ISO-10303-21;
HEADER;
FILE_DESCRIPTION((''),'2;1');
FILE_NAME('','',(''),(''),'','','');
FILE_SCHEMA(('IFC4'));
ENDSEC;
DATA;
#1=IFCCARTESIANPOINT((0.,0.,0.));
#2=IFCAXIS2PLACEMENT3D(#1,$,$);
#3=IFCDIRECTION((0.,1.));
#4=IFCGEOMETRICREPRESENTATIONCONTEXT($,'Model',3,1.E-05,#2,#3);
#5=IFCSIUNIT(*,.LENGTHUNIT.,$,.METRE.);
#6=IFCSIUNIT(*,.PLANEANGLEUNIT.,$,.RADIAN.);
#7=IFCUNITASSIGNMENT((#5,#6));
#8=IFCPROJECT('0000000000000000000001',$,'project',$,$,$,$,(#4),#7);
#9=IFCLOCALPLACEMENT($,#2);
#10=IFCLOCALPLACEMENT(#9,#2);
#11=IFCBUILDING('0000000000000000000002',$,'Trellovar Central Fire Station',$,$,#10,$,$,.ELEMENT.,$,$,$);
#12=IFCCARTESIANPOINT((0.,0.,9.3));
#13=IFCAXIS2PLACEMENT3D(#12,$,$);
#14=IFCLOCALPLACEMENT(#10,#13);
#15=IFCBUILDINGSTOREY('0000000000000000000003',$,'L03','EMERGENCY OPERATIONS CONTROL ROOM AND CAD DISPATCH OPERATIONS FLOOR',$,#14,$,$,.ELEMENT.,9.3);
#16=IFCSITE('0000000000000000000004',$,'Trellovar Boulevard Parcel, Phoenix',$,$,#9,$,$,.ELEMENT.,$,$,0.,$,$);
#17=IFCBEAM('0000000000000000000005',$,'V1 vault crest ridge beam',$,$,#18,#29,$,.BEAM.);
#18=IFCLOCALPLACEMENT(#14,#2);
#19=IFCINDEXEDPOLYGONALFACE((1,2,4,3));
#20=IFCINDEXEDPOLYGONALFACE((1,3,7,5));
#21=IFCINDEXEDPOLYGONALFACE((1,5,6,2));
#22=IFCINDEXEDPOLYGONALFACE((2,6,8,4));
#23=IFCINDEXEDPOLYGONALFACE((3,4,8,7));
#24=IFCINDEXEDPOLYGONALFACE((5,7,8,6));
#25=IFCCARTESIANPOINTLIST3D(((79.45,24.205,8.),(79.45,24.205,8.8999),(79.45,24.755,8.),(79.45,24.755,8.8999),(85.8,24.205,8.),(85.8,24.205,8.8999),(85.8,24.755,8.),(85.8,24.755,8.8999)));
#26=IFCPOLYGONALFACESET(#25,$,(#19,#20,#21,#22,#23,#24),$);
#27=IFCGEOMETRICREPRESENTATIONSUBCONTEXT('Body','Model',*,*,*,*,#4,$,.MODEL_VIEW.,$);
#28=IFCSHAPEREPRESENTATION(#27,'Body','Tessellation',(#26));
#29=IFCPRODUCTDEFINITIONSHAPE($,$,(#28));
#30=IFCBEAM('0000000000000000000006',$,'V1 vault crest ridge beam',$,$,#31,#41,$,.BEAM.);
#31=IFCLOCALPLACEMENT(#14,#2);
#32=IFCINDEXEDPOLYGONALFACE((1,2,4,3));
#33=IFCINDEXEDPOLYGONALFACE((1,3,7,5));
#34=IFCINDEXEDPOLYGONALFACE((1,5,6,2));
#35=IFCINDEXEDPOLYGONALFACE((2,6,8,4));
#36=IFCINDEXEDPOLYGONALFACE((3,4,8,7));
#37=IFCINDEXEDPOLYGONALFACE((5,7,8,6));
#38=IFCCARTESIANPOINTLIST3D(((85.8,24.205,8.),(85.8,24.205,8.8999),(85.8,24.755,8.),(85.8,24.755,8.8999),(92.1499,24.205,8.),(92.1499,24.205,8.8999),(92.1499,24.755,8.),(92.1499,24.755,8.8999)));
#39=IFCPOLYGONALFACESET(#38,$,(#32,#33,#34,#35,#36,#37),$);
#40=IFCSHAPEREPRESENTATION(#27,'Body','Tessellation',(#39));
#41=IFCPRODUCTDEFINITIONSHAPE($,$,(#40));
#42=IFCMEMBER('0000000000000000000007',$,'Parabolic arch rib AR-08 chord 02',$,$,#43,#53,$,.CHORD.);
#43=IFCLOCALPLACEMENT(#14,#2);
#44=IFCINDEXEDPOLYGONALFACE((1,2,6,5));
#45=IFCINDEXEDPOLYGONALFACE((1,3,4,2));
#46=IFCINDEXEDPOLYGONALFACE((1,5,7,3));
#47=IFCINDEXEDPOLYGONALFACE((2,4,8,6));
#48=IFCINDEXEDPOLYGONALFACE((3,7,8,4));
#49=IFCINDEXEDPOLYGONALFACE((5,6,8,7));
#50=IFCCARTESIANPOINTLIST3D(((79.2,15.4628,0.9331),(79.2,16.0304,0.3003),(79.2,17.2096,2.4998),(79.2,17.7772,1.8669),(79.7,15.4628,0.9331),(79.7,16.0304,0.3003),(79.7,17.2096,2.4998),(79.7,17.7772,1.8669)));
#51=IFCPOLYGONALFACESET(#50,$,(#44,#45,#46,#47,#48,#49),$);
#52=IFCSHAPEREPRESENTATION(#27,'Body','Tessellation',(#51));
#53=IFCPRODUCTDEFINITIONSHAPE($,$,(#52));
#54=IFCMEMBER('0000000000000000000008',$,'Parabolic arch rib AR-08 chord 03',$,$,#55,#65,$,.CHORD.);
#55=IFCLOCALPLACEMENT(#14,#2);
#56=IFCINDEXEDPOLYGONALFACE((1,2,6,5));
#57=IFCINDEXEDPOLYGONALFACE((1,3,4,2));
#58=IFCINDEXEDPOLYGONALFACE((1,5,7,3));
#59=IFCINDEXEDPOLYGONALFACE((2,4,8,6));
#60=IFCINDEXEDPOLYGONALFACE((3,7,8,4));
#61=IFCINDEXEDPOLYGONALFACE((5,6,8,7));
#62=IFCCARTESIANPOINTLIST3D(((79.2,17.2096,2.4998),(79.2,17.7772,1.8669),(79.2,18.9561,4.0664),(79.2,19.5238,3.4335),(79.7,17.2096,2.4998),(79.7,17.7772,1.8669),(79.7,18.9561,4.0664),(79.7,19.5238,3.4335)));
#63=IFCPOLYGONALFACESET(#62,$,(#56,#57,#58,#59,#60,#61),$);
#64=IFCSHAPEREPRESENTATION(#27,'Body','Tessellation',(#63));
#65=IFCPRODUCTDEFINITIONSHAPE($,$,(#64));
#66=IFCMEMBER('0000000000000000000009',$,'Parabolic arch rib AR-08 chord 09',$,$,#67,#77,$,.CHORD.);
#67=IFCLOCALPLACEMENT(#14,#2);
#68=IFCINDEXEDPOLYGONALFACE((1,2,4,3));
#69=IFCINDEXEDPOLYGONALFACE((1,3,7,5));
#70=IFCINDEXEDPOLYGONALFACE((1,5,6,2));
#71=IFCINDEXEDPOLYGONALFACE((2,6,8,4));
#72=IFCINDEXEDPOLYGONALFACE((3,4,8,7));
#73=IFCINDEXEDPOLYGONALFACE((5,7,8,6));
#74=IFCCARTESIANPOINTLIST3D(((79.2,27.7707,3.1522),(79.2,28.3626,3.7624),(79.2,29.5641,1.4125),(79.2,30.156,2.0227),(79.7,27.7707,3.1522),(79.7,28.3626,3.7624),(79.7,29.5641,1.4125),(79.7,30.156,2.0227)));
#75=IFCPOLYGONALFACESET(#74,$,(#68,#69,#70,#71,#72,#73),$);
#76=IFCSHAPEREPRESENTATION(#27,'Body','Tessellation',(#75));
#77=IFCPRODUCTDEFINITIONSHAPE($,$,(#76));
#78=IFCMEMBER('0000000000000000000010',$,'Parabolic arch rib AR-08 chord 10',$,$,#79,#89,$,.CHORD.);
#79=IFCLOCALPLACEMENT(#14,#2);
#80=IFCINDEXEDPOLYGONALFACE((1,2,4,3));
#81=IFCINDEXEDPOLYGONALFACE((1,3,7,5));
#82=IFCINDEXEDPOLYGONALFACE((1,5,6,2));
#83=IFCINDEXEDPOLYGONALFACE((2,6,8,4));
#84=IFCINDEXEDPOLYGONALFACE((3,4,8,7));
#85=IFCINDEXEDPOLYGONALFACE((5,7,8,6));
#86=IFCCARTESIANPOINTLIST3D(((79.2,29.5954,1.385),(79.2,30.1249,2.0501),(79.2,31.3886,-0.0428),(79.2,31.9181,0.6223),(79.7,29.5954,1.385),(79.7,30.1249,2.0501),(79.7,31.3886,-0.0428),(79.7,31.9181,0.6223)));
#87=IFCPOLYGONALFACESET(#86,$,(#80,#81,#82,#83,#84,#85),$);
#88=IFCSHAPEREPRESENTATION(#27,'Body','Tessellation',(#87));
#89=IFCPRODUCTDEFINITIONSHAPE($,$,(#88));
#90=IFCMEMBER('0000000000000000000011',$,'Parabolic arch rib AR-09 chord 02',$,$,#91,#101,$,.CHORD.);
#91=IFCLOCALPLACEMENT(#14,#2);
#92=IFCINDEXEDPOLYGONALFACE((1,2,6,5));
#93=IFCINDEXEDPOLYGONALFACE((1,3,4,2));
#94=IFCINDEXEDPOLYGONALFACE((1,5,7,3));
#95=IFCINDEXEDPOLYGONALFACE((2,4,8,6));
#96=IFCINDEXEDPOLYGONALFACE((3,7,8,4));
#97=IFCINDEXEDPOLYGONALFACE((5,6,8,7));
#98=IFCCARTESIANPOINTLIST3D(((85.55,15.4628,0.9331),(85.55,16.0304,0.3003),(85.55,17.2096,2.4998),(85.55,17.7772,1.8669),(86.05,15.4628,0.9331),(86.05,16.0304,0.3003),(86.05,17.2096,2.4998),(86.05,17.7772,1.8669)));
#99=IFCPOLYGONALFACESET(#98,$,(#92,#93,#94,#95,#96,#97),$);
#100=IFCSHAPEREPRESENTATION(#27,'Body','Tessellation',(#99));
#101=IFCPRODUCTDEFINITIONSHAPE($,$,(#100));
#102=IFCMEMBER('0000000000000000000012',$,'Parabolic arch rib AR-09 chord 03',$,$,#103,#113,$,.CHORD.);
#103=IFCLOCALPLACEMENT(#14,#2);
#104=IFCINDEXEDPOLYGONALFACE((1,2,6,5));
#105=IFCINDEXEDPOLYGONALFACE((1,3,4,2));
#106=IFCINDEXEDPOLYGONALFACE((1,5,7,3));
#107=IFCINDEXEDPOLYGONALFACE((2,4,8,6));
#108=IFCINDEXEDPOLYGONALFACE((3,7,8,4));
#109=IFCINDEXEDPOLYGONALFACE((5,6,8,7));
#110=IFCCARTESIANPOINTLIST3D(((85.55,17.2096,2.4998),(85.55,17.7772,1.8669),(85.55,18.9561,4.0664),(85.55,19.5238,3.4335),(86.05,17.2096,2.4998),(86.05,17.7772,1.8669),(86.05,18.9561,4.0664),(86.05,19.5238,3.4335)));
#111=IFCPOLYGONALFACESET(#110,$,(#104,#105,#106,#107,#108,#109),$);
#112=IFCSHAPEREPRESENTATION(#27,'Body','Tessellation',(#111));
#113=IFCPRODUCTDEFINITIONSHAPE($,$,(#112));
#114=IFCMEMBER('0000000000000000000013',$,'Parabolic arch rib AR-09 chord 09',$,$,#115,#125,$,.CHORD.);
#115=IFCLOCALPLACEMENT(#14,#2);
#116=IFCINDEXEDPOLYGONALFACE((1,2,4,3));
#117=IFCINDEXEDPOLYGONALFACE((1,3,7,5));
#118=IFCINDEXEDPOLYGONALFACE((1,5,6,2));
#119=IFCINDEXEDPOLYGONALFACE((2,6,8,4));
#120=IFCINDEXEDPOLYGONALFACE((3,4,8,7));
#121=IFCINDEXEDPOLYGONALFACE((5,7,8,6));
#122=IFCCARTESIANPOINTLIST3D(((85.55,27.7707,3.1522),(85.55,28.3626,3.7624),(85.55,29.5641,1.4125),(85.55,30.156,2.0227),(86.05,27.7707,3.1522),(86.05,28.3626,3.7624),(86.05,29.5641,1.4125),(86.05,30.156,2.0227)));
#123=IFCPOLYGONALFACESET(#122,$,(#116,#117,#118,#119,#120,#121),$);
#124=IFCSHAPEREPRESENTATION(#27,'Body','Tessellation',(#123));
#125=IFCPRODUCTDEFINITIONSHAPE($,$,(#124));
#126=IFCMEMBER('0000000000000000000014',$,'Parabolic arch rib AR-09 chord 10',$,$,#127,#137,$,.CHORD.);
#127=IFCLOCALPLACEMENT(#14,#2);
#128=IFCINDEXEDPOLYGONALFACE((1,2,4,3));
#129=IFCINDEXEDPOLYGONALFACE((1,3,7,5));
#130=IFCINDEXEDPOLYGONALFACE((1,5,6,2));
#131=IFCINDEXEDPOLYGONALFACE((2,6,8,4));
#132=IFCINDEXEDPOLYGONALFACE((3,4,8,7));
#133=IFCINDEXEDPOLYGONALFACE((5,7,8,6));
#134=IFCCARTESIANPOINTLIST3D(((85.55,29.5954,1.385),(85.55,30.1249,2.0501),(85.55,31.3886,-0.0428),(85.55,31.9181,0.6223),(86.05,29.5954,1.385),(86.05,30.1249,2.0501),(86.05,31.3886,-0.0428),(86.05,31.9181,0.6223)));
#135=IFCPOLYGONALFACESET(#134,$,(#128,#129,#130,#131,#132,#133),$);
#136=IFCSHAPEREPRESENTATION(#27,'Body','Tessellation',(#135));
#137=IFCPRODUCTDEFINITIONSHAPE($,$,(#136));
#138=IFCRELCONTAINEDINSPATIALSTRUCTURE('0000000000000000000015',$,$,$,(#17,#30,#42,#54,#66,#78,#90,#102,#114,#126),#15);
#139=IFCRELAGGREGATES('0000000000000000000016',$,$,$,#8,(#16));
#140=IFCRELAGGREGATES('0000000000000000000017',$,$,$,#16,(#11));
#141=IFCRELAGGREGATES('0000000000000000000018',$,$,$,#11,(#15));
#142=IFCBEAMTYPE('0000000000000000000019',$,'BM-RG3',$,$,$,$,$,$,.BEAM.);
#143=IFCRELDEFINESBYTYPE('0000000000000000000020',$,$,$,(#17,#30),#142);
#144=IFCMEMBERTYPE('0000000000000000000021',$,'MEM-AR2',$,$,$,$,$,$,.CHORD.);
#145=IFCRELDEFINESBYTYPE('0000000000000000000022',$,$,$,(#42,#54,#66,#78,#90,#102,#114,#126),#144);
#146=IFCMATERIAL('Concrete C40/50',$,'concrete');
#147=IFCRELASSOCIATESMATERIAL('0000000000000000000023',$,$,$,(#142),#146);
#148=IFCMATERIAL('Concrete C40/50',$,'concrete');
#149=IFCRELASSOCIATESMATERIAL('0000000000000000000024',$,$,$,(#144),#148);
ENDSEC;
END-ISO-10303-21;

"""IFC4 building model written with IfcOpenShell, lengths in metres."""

from ifc_helpers import new_model, si_unit, direction, frame, origin, origin_2d, place, context, subcontext, project, spatial, rectangle, extrude, material, material_profile, profile_set, type_object, element, save


model = new_model("IFC4")

# Units and contexts
model_context = context("Model", 3, precision=1e-05, world=origin(), true_north=direction((0.0, 1.0)))
body_context = subcontext(model_context, "Body", "Model", "MODEL_VIEW")
ifc_project = project(units=[si_unit("LENGTHUNIT", "METRE"), si_unit("PLANEANGLEUNIT", "RADIAN")], contexts=[model_context])

# Site, building, storey
site_placement = place(None, origin())
site = spatial("IfcSite", under=ifc_project, at=site_placement, Name="Trellovar Boulevard Parcel, Phoenix", CompositionType="ELEMENT", RefElevation=0.0)
building_placement = place(site_placement, origin())
building = spatial("IfcBuilding", under=site, at=building_placement, Name="Trellovar Central Fire Station", CompositionType="ELEMENT")
storey_placement = place(building_placement, frame((0.0, 0.0, 9.3)))
storey = spatial("IfcBuildingStorey", under=building, at=storey_placement, Name="L03", Description="EMERGENCY OPERATIONS CONTROL ROOM AND CAD DISPATCH OPERATIONS FLOOR", CompositionType="ELEMENT", Elevation=9.3)

# Beams
ifc_material_1 = material(Name="Concrete C40/50", Category="concrete")
ifc_material_profile_1 = material_profile(ifc_material_1, rectangle(XDim=0.55, YDim=0.8999, at=origin_2d()), Name="RC550X900")
ifc_profile_set_1 = profile_set([ifc_material_profile_1], Name="Concrete C40/50")
beam_type = type_object("IfcBeamType", Name="BM-RG3", PredefinedType="BEAM", material=ifc_profile_set_1)
beam_1_placement = place(storey_placement, frame((79.45, 24.48, 8.45), z_axis=(1.0, 0.0, 0.0), x_axis=(0.0, 1.0, 0.0)))
element("IfcBeam", 1, at=beam_1_placement, inside=storey, type_object=beam_type, Name="V1 vault crest ridge beam", PredefinedType="BEAM", context=body_context, shape_type="SweptSolid", body=[
    extrude(rectangle(XDim=0.55, YDim=0.8999, at=origin_2d()), origin(), (0.0, 0.0, 1.0), 6.3501),
])
beam_2_placement = place(storey_placement, frame((85.8, 24.48, 8.45), z_axis=(1.0, 0.0, 0.0), x_axis=(0.0, 1.0, 0.0)))
element("IfcBeam", 2, at=beam_2_placement, inside=storey, type_object=beam_type, Name="V1 vault crest ridge beam", PredefinedType="BEAM", context=body_context, shape_type="SweptSolid", body=[
    extrude(rectangle(XDim=0.55, YDim=0.8999, at=origin_2d()), origin(), (0.0, 0.0, 1.0), 6.3499),
])

# Members
ifc_material_2 = material(Name="Concrete C40/50", Category="concrete")
ifc_material_profile_2 = material_profile(ifc_material_2, rectangle(XDim=0.5, YDim=0.8501, at=origin_2d()), Name="RC500X850")
ifc_profile_set_2 = profile_set([ifc_material_profile_2], Name="Concrete C40/50")
member_type_1 = type_object("IfcMemberType", Name="MEM-AR2", PredefinedType="CHORD", material=ifc_profile_set_2)
member_1_placement = place(storey_placement, frame((79.45, 15.7466, 0.6167), z_axis=(0.0, 0.744457, 0.66767), x_axis=(-1.0, 0.0, 0.0)))
element("IfcMember", 3, at=member_1_placement, inside=storey, type_object=member_type_1, Name="Parabolic arch rib AR-08 chord 02", PredefinedType="CHORD", context=body_context, shape_type="SweptSolid", body=[
    extrude(rectangle(XDim=0.5, YDim=0.8501, at=origin_2d()), origin(), (0.0, 0.0, 1.0), 2.3464),
])
member_2_placement = place(storey_placement, frame((79.45, 17.4934, 2.1833), z_axis=(0.0, 0.744411, 0.667722), x_axis=(-1.0, 0.0, 0.0)))
element("IfcMember", 4, at=member_2_placement, inside=storey, type_object=member_type_1, Name="Parabolic arch rib AR-08 chord 03", PredefinedType="CHORD", context=body_context, shape_type="SweptSolid", body=[
    extrude(rectangle(XDim=0.5, YDim=0.8501, at=origin_2d()), origin(), (0.0, 0.0, 1.0), 2.3462),
])
member_3_placement = place(storey_placement, frame((79.45, 28.0667, 3.4573), z_axis=(0.0, 0.717773, -0.696277), x_axis=(-1.0, 0.0, 0.0)))
element("IfcMember", 5, at=member_3_placement, inside=storey, type_object=member_type_1, Name="Parabolic arch rib AR-08 chord 09", PredefinedType="CHORD", context=body_context, shape_type="SweptSolid", body=[
    extrude(rectangle(XDim=0.5, YDim=0.8501, at=origin_2d()), origin(), (0.0, 0.0, 1.0), 2.4985),
])
member_4_placement = place(storey_placement, frame((79.45, 29.8601, 1.7175), z_axis=(0.0, 0.782321, -0.622875), x_axis=(-1.0, 0.0, 0.0)))
element("IfcMember", 6, at=member_4_placement, inside=storey, type_object=member_type_1, Name="Parabolic arch rib AR-08 chord 10", PredefinedType="CHORD", context=body_context, shape_type="SweptSolid", body=[
    extrude(rectangle(XDim=0.5, YDim=0.8501, at=origin_2d()), origin(), (0.0, 0.0, 1.0), 2.2922),
])
member_5_placement = place(storey_placement, frame((85.8, 15.7466, 0.6167), z_axis=(0.0, 0.744457, 0.66767), x_axis=(-1.0, 0.0, 0.0)))
element("IfcMember", 7, at=member_5_placement, inside=storey, type_object=member_type_1, Name="Parabolic arch rib AR-09 chord 02", PredefinedType="CHORD", context=body_context, shape_type="SweptSolid", body=[
    extrude(rectangle(XDim=0.5, YDim=0.8501, at=origin_2d()), origin(), (0.0, 0.0, 1.0), 2.3464),
])
member_6_placement = place(storey_placement, frame((85.8, 17.4934, 2.1833), z_axis=(0.0, 0.744411, 0.667722), x_axis=(-1.0, 0.0, 0.0)))
element("IfcMember", 8, at=member_6_placement, inside=storey, type_object=member_type_1, Name="Parabolic arch rib AR-09 chord 03", PredefinedType="CHORD", context=body_context, shape_type="SweptSolid", body=[
    extrude(rectangle(XDim=0.5, YDim=0.8501, at=origin_2d()), origin(), (0.0, 0.0, 1.0), 2.3462),
])
member_7_placement = place(storey_placement, frame((85.8, 28.0667, 3.4573), z_axis=(0.0, 0.717773, -0.696277), x_axis=(-1.0, 0.0, 0.0)))
element("IfcMember", 9, at=member_7_placement, inside=storey, type_object=member_type_1, Name="Parabolic arch rib AR-09 chord 09", PredefinedType="CHORD", context=body_context, shape_type="SweptSolid", body=[
    extrude(rectangle(XDim=0.5, YDim=0.8501, at=origin_2d()), origin(), (0.0, 0.0, 1.0), 2.4985),
])
member_8_placement = place(storey_placement, frame((85.8, 29.8601, 1.7175), z_axis=(0.0, 0.782321, -0.622875), x_axis=(-1.0, 0.0, 0.0)))
element("IfcMember", 10, at=member_8_placement, inside=storey, type_object=member_type_1, Name="Parabolic arch rib AR-09 chord 10", PredefinedType="CHORD", context=body_context, shape_type="SweptSolid", body=[
    extrude(rectangle(XDim=0.5, YDim=0.8501, at=origin_2d()), origin(), (0.0, 0.0, 1.0), 2.2922),
])

save(model, "model.ifc")
